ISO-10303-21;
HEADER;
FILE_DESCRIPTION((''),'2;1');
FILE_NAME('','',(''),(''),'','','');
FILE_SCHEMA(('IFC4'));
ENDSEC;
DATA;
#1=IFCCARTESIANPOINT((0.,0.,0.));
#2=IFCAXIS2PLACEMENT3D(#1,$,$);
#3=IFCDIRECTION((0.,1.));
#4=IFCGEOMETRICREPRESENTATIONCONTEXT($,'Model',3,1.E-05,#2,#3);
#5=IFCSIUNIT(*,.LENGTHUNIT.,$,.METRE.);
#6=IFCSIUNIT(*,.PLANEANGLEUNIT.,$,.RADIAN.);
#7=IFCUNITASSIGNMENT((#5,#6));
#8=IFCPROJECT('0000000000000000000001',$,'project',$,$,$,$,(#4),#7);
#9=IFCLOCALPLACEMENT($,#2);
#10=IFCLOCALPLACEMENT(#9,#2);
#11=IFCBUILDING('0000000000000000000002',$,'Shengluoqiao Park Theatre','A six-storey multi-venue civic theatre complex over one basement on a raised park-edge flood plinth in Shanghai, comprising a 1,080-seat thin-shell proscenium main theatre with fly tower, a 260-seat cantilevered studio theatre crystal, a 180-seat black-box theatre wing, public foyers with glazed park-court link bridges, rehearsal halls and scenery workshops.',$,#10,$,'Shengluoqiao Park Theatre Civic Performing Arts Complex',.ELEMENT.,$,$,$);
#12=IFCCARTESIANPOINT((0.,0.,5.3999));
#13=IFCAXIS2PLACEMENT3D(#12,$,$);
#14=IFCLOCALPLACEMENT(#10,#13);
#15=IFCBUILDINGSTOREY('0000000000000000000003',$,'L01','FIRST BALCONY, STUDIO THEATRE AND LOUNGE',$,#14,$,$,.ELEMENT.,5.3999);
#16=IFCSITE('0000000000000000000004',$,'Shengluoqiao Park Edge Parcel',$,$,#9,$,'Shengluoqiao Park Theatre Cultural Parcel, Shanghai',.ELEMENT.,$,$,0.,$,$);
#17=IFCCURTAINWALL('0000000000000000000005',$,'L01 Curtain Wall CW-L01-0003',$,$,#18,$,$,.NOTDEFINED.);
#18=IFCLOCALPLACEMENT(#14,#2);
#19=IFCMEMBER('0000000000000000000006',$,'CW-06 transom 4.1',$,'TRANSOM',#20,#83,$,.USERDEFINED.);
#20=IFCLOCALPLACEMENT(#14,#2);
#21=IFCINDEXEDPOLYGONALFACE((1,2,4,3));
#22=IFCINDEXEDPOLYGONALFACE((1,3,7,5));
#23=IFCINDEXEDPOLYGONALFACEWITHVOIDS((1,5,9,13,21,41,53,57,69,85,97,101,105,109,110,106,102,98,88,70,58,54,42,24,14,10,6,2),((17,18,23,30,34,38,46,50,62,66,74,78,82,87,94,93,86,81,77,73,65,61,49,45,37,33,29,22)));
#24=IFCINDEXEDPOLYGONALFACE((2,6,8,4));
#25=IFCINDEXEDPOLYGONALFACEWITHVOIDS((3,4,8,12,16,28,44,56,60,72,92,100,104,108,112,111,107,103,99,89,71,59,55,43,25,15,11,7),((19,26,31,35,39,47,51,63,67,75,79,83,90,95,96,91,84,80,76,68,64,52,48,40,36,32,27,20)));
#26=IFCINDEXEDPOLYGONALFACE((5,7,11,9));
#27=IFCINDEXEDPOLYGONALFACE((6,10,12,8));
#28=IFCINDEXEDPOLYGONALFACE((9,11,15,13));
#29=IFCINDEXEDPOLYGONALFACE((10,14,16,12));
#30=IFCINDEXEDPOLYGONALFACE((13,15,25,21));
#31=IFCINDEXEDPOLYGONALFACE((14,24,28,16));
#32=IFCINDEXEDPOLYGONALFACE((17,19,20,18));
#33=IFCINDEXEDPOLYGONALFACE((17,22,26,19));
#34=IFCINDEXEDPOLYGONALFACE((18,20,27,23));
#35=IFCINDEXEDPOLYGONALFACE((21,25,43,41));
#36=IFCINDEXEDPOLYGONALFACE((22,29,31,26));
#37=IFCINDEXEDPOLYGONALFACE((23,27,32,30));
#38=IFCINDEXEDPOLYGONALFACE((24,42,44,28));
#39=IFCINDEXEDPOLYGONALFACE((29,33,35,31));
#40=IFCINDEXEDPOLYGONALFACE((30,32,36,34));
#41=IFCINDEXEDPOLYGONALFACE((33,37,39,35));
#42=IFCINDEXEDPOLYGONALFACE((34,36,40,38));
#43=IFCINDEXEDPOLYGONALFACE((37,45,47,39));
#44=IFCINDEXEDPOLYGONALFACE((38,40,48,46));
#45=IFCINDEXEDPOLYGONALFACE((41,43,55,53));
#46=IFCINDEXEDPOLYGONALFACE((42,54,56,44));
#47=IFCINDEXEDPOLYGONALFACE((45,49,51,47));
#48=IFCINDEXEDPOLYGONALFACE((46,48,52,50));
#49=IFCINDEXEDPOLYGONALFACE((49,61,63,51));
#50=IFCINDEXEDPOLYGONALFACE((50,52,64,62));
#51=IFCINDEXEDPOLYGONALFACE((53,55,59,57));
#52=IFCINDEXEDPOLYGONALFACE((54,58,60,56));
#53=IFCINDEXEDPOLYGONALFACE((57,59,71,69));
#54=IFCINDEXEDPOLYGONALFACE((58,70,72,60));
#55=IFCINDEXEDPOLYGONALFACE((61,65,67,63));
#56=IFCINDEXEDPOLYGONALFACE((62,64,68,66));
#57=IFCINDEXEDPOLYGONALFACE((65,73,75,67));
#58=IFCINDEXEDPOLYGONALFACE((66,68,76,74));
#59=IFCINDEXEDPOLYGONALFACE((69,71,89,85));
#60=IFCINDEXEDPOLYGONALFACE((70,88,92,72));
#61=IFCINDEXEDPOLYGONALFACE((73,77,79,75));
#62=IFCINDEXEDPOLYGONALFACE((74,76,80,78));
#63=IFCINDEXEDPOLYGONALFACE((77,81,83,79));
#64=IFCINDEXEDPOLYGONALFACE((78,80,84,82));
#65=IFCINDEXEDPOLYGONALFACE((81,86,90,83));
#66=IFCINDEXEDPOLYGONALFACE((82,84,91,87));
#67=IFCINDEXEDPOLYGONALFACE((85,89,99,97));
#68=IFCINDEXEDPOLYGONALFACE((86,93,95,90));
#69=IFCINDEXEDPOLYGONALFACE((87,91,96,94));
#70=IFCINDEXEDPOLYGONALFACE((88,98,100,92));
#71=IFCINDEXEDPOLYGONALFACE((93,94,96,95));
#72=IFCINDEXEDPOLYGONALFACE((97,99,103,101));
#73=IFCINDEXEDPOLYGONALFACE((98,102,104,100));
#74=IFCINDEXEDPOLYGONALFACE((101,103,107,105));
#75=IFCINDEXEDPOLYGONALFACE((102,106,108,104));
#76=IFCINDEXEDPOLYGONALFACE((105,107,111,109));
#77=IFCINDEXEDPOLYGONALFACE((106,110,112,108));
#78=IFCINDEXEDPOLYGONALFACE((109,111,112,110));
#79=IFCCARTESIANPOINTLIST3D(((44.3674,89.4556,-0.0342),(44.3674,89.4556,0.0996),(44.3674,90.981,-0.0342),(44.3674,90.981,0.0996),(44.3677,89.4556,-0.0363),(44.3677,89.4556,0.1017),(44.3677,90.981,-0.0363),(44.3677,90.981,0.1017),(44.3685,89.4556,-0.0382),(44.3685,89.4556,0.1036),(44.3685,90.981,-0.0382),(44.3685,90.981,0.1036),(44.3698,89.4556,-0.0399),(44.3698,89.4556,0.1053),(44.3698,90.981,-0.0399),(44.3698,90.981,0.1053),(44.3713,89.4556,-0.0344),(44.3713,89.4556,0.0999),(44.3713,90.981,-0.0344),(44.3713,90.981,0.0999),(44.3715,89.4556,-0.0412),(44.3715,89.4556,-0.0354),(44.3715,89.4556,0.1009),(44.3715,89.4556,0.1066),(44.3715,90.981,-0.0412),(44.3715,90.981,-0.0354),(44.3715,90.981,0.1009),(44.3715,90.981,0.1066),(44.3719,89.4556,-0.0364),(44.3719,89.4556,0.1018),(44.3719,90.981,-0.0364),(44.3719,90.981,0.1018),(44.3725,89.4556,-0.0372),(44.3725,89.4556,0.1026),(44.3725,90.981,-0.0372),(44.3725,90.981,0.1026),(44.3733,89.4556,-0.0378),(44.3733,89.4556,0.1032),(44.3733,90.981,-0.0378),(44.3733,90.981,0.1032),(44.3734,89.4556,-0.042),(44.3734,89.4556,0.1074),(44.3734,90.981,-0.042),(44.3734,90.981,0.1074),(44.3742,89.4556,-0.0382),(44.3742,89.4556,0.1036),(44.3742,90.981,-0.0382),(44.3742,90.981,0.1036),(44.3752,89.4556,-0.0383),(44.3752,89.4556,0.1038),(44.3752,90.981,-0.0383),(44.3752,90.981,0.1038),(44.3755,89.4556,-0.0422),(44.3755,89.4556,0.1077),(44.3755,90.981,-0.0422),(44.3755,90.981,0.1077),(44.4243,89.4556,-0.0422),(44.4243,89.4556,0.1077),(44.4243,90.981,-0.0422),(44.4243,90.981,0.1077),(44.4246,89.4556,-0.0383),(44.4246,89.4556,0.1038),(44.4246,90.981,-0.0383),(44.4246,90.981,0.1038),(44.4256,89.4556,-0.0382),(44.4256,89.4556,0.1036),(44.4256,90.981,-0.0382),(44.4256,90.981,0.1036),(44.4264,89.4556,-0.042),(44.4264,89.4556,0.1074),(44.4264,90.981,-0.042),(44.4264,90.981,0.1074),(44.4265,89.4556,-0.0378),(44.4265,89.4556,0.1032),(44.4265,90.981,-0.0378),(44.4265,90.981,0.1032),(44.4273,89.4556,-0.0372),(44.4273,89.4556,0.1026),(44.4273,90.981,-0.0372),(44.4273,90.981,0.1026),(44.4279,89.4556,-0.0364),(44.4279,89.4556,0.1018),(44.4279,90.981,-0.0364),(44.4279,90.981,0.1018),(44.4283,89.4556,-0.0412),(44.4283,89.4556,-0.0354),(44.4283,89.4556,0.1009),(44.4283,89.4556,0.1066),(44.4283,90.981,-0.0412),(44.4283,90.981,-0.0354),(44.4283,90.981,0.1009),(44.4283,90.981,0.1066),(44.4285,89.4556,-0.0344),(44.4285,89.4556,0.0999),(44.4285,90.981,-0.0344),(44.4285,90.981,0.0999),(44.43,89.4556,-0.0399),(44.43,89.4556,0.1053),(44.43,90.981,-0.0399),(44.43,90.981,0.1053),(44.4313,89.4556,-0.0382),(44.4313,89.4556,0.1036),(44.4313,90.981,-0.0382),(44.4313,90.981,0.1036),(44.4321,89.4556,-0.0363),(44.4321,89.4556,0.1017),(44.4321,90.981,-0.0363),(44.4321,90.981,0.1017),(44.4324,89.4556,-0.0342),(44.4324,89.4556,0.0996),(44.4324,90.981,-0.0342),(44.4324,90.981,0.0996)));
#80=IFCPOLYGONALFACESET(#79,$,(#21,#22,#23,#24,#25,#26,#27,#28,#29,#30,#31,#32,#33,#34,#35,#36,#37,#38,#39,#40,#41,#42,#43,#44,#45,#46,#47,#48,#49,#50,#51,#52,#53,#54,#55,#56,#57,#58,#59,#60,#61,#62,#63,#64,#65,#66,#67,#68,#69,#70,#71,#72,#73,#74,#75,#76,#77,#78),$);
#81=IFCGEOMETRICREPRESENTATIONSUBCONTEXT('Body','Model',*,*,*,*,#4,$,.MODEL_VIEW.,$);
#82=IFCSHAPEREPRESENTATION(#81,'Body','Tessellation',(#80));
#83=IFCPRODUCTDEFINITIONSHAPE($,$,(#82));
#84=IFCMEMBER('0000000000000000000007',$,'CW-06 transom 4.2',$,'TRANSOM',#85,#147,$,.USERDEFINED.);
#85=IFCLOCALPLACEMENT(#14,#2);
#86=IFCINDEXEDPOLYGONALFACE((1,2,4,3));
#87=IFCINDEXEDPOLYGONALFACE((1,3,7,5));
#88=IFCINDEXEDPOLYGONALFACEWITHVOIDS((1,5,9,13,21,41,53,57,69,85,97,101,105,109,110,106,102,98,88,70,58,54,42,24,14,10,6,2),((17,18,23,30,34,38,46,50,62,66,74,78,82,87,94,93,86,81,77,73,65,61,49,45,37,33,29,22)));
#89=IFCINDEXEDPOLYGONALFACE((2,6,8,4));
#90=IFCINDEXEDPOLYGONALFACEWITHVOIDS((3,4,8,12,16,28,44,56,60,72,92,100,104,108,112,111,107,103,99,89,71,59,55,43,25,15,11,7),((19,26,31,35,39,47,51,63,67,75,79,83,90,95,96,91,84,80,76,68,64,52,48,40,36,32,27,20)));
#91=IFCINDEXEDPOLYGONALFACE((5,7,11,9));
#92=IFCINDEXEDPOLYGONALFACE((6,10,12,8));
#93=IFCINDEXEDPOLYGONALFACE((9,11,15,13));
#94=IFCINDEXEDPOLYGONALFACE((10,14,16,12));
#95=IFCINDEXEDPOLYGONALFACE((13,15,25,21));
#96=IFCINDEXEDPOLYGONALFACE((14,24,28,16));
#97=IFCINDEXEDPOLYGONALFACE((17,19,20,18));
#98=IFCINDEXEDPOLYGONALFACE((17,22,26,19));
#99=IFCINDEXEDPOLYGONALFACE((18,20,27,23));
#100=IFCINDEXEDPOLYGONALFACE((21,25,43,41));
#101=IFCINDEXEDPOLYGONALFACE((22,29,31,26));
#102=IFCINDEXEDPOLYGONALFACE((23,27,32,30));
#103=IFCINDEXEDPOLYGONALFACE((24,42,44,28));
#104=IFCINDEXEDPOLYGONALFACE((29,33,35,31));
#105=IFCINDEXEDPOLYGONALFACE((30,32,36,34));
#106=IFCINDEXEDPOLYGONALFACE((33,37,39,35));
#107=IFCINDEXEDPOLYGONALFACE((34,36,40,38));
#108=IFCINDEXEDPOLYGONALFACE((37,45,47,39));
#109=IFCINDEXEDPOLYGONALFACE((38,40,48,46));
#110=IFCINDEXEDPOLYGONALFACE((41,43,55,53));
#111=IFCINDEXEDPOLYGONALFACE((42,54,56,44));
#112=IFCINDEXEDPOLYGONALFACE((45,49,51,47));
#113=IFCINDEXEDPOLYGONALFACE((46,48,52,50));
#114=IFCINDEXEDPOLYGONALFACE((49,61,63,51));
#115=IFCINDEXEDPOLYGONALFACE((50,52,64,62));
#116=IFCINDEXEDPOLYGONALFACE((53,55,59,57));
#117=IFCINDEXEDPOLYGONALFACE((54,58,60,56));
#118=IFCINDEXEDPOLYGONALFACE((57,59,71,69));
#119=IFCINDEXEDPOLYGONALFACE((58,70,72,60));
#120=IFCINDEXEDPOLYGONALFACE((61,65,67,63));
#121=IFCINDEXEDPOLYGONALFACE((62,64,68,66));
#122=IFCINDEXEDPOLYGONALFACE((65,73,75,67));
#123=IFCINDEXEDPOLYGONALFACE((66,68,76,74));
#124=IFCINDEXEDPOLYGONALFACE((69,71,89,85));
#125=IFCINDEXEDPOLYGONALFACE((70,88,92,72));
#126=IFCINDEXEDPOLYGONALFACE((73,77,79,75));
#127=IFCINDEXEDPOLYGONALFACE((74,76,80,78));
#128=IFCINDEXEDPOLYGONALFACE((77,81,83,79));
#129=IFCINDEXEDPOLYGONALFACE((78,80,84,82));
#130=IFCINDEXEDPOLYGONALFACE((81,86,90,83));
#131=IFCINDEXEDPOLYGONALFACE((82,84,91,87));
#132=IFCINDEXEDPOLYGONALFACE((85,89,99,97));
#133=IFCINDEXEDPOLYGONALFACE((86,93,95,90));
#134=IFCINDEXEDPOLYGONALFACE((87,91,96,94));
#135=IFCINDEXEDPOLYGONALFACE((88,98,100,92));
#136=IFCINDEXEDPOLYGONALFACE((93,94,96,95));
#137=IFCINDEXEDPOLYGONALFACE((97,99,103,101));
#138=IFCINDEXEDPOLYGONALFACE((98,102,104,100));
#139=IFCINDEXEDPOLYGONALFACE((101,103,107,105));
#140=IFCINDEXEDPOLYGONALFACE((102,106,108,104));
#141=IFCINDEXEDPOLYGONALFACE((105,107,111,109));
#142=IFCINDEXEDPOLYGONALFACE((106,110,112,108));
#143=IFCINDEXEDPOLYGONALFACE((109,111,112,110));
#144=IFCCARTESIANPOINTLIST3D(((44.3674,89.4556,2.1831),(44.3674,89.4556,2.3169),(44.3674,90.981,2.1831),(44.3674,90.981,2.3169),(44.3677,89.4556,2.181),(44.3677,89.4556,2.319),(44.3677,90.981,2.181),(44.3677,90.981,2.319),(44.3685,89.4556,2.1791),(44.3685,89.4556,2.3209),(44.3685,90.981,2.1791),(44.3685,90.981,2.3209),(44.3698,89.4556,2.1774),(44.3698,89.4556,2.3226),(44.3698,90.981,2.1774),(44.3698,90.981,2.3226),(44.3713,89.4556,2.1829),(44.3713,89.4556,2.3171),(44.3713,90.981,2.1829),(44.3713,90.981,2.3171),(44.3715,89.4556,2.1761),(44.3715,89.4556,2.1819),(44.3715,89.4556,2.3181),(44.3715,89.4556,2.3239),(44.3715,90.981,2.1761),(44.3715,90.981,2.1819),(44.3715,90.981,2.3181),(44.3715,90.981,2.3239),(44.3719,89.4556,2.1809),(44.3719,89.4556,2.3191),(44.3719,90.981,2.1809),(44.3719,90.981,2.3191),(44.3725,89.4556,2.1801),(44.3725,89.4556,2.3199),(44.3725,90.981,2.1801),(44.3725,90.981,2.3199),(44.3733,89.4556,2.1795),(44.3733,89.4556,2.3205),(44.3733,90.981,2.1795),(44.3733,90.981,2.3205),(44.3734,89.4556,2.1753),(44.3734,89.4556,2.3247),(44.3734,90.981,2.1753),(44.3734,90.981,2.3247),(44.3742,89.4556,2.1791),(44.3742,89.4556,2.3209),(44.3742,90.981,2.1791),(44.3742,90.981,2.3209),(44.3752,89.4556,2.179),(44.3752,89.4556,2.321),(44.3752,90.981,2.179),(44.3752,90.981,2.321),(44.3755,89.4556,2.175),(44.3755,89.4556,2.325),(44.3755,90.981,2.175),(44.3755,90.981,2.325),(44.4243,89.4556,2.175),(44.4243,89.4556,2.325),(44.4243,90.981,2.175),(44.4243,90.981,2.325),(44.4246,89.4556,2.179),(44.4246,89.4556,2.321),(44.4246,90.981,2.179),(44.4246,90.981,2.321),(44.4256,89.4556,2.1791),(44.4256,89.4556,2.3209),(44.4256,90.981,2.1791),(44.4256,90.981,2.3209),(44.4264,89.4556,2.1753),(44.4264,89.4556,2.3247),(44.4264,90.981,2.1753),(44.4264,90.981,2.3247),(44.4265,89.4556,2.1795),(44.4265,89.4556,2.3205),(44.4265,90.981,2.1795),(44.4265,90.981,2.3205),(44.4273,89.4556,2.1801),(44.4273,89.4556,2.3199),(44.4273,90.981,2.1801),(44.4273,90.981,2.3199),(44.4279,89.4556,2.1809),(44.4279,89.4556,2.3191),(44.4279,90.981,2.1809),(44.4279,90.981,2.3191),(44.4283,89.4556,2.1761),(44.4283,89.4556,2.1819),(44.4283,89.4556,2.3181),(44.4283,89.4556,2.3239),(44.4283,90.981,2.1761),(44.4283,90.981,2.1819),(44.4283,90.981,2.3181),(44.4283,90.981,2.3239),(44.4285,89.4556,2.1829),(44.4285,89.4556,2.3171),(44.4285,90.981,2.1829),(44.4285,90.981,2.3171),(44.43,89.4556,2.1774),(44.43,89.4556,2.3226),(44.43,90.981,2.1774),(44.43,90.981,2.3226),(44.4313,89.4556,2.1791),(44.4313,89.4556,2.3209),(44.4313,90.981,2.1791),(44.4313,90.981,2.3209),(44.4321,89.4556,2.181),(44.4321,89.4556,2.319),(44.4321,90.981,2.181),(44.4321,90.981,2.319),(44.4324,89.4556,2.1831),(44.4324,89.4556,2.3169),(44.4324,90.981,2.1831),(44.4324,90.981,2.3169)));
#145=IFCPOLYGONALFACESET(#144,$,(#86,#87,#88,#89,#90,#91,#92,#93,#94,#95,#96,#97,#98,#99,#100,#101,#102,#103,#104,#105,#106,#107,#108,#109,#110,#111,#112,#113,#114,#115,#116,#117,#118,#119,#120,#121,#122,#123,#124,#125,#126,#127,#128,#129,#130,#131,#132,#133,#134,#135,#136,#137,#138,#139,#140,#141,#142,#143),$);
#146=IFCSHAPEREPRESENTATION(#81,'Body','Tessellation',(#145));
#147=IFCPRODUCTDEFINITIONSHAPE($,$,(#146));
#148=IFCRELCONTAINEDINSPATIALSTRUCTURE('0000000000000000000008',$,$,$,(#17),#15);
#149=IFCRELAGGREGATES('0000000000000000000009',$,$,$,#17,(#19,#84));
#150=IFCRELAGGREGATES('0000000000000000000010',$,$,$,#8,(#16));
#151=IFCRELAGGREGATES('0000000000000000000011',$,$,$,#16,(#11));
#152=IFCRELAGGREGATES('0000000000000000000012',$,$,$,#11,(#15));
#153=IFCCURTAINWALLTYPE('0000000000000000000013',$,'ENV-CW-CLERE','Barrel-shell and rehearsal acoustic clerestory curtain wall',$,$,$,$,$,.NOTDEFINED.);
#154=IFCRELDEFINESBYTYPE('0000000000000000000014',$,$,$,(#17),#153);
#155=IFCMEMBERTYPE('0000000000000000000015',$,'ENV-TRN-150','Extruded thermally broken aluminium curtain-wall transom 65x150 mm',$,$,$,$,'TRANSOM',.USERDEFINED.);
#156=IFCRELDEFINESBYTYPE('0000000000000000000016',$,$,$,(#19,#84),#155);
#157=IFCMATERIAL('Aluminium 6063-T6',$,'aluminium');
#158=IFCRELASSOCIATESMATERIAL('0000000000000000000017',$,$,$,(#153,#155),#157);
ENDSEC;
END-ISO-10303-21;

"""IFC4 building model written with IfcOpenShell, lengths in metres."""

from ifc_helpers import new_model, si_unit, direction, frame, origin, origin_2d, place, context, subcontext, project, spatial, hollow_rectangle, extrude, material, material_profile, profile_set, type_object, element, aggregate, save


model = new_model("IFC4")

# Units and contexts
model_context = context("Model", 3, precision=1e-05, world=origin(), true_north=direction((0.0, 1.0)))
body_context = subcontext(model_context, "Body", "Model", "MODEL_VIEW")
ifc_project = project(units=[si_unit("LENGTHUNIT", "METRE"), si_unit("PLANEANGLEUNIT", "RADIAN")], contexts=[model_context])

# Site, building, storey
site_placement = place(None, origin())
site = spatial("IfcSite", under=ifc_project, at=site_placement, Name="Shengluoqiao Park Edge Parcel", LongName="Shengluoqiao Park Theatre Cultural Parcel, Shanghai", CompositionType="ELEMENT", RefElevation=0.0)
building_placement = place(site_placement, origin())
building = spatial("IfcBuilding", under=site, at=building_placement, Name="Shengluoqiao Park Theatre", Description="A six-storey multi-venue civic theatre complex over one basement on a raised park-edge flood plinth in Shanghai, comprising a 1,080-seat thin-shell proscenium main theatre with fly tower, a 260-seat cantilevered studio theatre crystal, a 180-seat black-box theatre wing, public foyers with glazed park-court link bridges, rehearsal halls and scenery workshops.", LongName="Shengluoqiao Park Theatre Civic Performing Arts Complex", CompositionType="ELEMENT")
storey_placement = place(building_placement, frame((0.0, 0.0, 5.3999)))
storey = spatial("IfcBuildingStorey", under=building, at=storey_placement, Name="L01", Description="FIRST BALCONY, STUDIO THEATRE AND LOUNGE", CompositionType="ELEMENT", Elevation=5.3999)

# Curtain wall, members
ifc_material_1 = material(Name="Aluminium 6063-T6", Category="aluminium")
curtain_wall_type = type_object("IfcCurtainWallType", Name="ENV-CW-CLERE", Description="Barrel-shell and rehearsal acoustic clerestory curtain wall", PredefinedType="NOTDEFINED", material=ifc_material_1)
curtain_wall_placement = place(storey_placement, origin())
curtain_wall = element("IfcCurtainWall", 1, at=curtain_wall_placement, inside=storey, type_object=curtain_wall_type, Name="L01 Curtain Wall CW-L01-0003", PredefinedType="NOTDEFINED")
ifc_material_profile_1 = material_profile(ifc_material_1, hollow_rectangle(XDim=0.0649, YDim=0.1499, WallThickness=0.0039, InnerFilletRadius=0.0039, OuterFilletRadius=0.0081, at=origin_2d()), Name="ALU TRANSOM 150x65x4")
ifc_profile_set_1 = profile_set([ifc_material_profile_1], Name="Aluminium 6063-T6")
member_type_1 = type_object("IfcMemberType", Name="ENV-TRN-150", Description="Extruded thermally broken aluminium curtain-wall transom 65x150 mm", ElementType="TRANSOM", PredefinedType="USERDEFINED", material=ifc_profile_set_1)
member_1_placement = place(storey_placement, frame((44.3999, 89.4556, 0.0327), z_axis=(0.0, 1.0, 0.0), x_axis=(-1.0, 0.0, 0.0)))
member_1 = element("IfcMember", 2, at=member_1_placement, type_object=member_type_1, Name="CW-06 transom 4.1", ObjectType="TRANSOM", PredefinedType="USERDEFINED", context=body_context, shape_type="SweptSolid", body=[
    extrude(hollow_rectangle(XDim=0.0649, YDim=0.1499, WallThickness=0.0039, InnerFilletRadius=0.0039, OuterFilletRadius=0.0081, at=origin_2d()), origin(), (0.0, 0.0, 1.0), 1.5254),
])
member_2_placement = place(storey_placement, frame((44.3999, 89.4556, 2.25), z_axis=(0.0, 1.0, 0.0), x_axis=(-1.0, 0.0, 0.0)))
member_2 = element("IfcMember", 3, at=member_2_placement, type_object=member_type_1, Name="CW-06 transom 4.2", ObjectType="TRANSOM", PredefinedType="USERDEFINED", context=body_context, shape_type="SweptSolid", body=[
    extrude(hollow_rectangle(XDim=0.0649, YDim=0.1499, WallThickness=0.0039, InnerFilletRadius=0.0039, OuterFilletRadius=0.0081, at=origin_2d()), origin(), (0.0, 0.0, 1.0), 1.5254),
])

aggregate(curtain_wall, [member_1, member_2])

save(model, "model.ifc")
